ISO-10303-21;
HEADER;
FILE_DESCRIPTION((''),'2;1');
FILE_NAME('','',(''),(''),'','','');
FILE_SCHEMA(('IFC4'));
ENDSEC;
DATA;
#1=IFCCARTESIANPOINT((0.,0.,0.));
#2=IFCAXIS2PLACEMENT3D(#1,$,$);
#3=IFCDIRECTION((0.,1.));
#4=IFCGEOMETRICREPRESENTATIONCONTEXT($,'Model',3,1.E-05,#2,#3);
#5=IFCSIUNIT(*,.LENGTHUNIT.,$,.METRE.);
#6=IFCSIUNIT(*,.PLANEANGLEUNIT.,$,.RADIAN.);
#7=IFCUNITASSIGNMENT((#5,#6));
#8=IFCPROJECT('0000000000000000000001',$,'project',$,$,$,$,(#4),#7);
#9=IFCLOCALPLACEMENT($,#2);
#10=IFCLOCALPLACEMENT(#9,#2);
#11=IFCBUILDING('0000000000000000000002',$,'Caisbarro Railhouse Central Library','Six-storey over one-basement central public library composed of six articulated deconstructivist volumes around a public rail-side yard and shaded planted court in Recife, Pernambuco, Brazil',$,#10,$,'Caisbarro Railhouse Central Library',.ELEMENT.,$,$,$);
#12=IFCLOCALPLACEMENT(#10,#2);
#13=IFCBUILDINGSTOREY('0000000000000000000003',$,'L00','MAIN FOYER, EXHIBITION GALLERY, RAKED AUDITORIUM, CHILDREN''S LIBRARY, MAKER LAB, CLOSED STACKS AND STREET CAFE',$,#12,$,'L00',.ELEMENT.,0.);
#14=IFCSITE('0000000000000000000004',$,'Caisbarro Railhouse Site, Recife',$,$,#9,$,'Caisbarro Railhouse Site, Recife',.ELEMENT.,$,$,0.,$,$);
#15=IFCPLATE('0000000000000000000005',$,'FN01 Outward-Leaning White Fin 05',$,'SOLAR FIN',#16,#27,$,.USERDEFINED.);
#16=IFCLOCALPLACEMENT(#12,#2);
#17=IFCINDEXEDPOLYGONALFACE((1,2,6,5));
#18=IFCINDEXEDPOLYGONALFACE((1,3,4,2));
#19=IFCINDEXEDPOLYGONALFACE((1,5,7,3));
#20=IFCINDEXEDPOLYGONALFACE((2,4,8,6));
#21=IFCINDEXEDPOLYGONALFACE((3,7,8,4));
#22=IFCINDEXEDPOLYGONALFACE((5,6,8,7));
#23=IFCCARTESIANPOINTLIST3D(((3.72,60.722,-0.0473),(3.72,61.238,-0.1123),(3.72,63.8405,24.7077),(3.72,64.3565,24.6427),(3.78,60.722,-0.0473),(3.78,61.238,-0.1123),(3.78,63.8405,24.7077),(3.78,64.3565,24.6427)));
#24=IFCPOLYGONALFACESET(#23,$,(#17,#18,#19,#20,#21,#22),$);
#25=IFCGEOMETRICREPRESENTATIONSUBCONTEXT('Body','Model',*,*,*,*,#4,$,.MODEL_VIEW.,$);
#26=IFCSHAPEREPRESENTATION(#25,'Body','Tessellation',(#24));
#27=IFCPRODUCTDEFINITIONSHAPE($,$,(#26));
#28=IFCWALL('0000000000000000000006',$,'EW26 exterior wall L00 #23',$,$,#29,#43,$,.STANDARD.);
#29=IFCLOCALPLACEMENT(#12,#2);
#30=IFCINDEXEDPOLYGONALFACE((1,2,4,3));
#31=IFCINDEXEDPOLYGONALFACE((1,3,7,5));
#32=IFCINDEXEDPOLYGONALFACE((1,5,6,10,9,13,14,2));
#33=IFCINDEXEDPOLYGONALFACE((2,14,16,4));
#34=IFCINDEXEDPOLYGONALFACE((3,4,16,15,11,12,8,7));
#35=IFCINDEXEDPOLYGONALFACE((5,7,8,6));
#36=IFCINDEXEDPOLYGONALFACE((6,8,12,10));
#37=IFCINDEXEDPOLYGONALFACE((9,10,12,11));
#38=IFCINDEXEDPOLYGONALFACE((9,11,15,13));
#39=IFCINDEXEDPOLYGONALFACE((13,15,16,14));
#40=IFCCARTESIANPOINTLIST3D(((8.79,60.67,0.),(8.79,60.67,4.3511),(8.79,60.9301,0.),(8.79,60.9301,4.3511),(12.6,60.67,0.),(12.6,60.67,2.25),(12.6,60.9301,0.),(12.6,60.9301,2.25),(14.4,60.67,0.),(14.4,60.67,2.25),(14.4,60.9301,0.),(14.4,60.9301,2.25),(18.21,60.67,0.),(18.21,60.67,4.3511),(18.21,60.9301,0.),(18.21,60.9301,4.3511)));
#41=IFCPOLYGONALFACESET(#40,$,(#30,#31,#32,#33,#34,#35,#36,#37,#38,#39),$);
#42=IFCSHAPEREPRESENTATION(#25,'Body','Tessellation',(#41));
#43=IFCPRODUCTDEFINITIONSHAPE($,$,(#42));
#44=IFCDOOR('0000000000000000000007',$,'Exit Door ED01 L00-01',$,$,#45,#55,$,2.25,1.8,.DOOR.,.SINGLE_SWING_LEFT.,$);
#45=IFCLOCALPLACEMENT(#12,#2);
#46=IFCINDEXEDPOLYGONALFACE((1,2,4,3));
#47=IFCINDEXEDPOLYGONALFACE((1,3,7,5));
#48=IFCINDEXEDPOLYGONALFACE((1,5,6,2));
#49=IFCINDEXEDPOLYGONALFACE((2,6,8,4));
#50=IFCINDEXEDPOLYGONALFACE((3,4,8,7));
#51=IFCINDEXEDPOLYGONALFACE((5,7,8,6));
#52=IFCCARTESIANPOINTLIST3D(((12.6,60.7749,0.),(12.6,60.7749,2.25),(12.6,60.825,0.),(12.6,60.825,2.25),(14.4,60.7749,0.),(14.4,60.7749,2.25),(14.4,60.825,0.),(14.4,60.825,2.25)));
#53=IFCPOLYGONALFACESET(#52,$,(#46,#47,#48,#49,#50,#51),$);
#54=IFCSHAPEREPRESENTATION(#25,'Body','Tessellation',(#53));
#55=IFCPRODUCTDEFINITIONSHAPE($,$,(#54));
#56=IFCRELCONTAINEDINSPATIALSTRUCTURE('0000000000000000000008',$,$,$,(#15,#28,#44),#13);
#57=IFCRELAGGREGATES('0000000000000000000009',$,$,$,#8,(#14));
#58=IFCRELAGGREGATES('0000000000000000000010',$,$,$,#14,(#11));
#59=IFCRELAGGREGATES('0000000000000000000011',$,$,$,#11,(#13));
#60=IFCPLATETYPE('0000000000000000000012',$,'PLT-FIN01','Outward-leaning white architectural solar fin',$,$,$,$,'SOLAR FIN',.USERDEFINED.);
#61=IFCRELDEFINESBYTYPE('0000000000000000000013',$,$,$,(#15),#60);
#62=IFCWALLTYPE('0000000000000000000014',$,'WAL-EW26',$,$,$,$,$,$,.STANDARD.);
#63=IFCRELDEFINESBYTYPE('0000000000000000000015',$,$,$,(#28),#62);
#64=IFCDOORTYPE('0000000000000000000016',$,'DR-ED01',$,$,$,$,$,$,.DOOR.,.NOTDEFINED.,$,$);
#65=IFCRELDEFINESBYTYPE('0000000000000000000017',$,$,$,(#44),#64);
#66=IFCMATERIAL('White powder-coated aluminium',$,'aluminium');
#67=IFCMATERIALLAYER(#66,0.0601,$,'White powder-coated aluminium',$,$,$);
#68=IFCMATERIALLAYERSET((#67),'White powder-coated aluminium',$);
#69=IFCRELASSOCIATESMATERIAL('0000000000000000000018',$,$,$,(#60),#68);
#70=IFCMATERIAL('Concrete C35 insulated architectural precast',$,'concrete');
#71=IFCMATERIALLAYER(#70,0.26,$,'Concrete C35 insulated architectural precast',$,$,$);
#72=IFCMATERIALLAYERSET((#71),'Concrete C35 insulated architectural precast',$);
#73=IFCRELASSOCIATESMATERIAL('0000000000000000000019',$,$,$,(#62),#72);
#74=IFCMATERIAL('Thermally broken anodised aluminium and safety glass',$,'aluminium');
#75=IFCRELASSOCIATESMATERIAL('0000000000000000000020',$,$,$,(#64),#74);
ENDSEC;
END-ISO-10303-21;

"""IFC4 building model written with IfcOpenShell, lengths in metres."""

from ifc_helpers import new_model, si_unit, direction, frame, frame_2d, origin, origin_2d, place, context, subcontext, project, spatial, rectangle, extrude, material, layer, layer_set, type_object, element, fill, save


model = new_model("IFC4")

# Units and contexts
model_context = context("Model", 3, precision=1e-05, world=origin(), true_north=direction((0.0, 1.0)))
body_context = subcontext(model_context, "Body", "Model", "MODEL_VIEW")
ifc_project = project(units=[si_unit("LENGTHUNIT", "METRE"), si_unit("PLANEANGLEUNIT", "RADIAN")], contexts=[model_context])

# Site, building, storey
site_placement = place(None, origin())
site = spatial("IfcSite", under=ifc_project, at=site_placement, Name="Caisbarro Railhouse Site, Recife", LongName="Caisbarro Railhouse Site, Recife", CompositionType="ELEMENT", RefElevation=0.0)
building_placement = place(site_placement, origin())
building = spatial("IfcBuilding", under=site, at=building_placement, Name="Caisbarro Railhouse Central Library", Description="Six-storey over one-basement central public library composed of six articulated deconstructivist volumes around a public rail-side yard and shaded planted court in Recife, Pernambuco, Brazil", LongName="Caisbarro Railhouse Central Library", CompositionType="ELEMENT")
storey_placement = place(building_placement, origin())
storey = spatial("IfcBuildingStorey", under=building, at=storey_placement, Name="L00", Description="MAIN FOYER, EXHIBITION GALLERY, RAKED AUDITORIUM, CHILDREN'S LIBRARY, MAKER LAB, CLOSED STACKS AND STREET CAFE", LongName="L00", CompositionType="ELEMENT", Elevation=0.0)

# Plate
ifc_material_1 = material(Name="White powder-coated aluminium", Category="aluminium")
ifc_layer_1 = layer(ifc_material_1, 0.0601, Name="White powder-coated aluminium")
ifc_layer_set_1 = layer_set([ifc_layer_1], Name="White powder-coated aluminium")
plate_type_1 = type_object("IfcPlateType", Name="PLT-FIN01", Description="Outward-leaning white architectural solar fin", ElementType="SOLAR FIN", PredefinedType="USERDEFINED", material=ifc_layer_set_1)
plate_1_placement = place(storey_placement, frame((3.75, 60.98, -0.0798), z_axis=(0.0, 0.124987, 0.992158), x_axis=(1.0, 0.0, 0.0)))
element("IfcPlate", 1, at=plate_1_placement, inside=storey, type_object=plate_type_1, Name="FN01 Outward-Leaning White Fin 05", ObjectType="SOLAR FIN", PredefinedType="USERDEFINED", context=body_context, shape_type="SweptSolid", body=[
    extrude(rectangle(XDim=0.0601, YDim=0.52, at=origin_2d()), origin(), (0.0, 0.0, 1.0), 24.9507),
])

# Wall, opening, door
ifc_material_2 = material(Name="Concrete C35 insulated architectural precast", Category="concrete")
ifc_layer_2 = layer(ifc_material_2, 0.26, Name="Concrete C35 insulated architectural precast")
ifc_layer_set_2 = layer_set([ifc_layer_2], Name="Concrete C35 insulated architectural precast")
wall_type = type_object("IfcWallType", Name="WAL-EW26", PredefinedType="STANDARD", material=ifc_layer_set_2)
wall_placement = place(storey_placement, frame((8.79, 60.8, 0.0), z_axis=(0.0, 0.0, 1.0), x_axis=(1.0, 0.0, 0.0)))
wall = element("IfcWall", 2, at=wall_placement, inside=storey, type_object=wall_type, Name="EW26 exterior wall L00 #23", PredefinedType="STANDARD", context=body_context, shape_type="SweptSolid", body=[
    extrude(rectangle(XDim=9.4199, YDim=0.26, at=frame_2d((4.71, 0.0))), origin(), (0.0, 0.0, 1.0), 4.3511),
])
opening_placement = place(wall_placement, frame((3.8101, 0.0, 0.0)))
opening = element("IfcOpeningElement", 3, at=opening_placement, cuts=wall, PredefinedType="OPENING", context=body_context, shape_type="SweptSolid", body=[
    extrude(rectangle(XDim=1.8, YDim=2.25, at=frame_2d((0.8999, 1.125))), frame((0.0, 0.1401, 0.0), z_axis=(0.0, -1.0, 0.0), x_axis=(1.0, 0.0, 0.0)), (0.0, 0.0, 1.0), 0.28),
])
ifc_material_3 = material(Name="Thermally broken anodised aluminium and safety glass", Category="aluminium")
door_type = type_object("IfcDoorType", Name="DR-ED01", OperationType="NOTDEFINED", PredefinedType="DOOR", material=ifc_material_3)
door_placement = place(opening_placement, origin())
door = element("IfcDoor", 4, at=door_placement, inside=storey, type_object=door_type, Name="Exit Door ED01 L00-01", OperationType="SINGLE_SWING_LEFT", OverallHeight=2.25, OverallWidth=1.8, PredefinedType="DOOR", context=body_context, shape_type="SweptSolid", body=[
    extrude(rectangle(XDim=1.8, YDim=2.25, at=frame_2d((0.8999, 1.125))), frame((0.0, 0.0249, 0.0), z_axis=(0.0, -1.0, 0.0), x_axis=(1.0, 0.0, 0.0)), (0.0, 0.0, 1.0), 0.05),
])
fill(opening, door)

save(model, "model.ifc")
